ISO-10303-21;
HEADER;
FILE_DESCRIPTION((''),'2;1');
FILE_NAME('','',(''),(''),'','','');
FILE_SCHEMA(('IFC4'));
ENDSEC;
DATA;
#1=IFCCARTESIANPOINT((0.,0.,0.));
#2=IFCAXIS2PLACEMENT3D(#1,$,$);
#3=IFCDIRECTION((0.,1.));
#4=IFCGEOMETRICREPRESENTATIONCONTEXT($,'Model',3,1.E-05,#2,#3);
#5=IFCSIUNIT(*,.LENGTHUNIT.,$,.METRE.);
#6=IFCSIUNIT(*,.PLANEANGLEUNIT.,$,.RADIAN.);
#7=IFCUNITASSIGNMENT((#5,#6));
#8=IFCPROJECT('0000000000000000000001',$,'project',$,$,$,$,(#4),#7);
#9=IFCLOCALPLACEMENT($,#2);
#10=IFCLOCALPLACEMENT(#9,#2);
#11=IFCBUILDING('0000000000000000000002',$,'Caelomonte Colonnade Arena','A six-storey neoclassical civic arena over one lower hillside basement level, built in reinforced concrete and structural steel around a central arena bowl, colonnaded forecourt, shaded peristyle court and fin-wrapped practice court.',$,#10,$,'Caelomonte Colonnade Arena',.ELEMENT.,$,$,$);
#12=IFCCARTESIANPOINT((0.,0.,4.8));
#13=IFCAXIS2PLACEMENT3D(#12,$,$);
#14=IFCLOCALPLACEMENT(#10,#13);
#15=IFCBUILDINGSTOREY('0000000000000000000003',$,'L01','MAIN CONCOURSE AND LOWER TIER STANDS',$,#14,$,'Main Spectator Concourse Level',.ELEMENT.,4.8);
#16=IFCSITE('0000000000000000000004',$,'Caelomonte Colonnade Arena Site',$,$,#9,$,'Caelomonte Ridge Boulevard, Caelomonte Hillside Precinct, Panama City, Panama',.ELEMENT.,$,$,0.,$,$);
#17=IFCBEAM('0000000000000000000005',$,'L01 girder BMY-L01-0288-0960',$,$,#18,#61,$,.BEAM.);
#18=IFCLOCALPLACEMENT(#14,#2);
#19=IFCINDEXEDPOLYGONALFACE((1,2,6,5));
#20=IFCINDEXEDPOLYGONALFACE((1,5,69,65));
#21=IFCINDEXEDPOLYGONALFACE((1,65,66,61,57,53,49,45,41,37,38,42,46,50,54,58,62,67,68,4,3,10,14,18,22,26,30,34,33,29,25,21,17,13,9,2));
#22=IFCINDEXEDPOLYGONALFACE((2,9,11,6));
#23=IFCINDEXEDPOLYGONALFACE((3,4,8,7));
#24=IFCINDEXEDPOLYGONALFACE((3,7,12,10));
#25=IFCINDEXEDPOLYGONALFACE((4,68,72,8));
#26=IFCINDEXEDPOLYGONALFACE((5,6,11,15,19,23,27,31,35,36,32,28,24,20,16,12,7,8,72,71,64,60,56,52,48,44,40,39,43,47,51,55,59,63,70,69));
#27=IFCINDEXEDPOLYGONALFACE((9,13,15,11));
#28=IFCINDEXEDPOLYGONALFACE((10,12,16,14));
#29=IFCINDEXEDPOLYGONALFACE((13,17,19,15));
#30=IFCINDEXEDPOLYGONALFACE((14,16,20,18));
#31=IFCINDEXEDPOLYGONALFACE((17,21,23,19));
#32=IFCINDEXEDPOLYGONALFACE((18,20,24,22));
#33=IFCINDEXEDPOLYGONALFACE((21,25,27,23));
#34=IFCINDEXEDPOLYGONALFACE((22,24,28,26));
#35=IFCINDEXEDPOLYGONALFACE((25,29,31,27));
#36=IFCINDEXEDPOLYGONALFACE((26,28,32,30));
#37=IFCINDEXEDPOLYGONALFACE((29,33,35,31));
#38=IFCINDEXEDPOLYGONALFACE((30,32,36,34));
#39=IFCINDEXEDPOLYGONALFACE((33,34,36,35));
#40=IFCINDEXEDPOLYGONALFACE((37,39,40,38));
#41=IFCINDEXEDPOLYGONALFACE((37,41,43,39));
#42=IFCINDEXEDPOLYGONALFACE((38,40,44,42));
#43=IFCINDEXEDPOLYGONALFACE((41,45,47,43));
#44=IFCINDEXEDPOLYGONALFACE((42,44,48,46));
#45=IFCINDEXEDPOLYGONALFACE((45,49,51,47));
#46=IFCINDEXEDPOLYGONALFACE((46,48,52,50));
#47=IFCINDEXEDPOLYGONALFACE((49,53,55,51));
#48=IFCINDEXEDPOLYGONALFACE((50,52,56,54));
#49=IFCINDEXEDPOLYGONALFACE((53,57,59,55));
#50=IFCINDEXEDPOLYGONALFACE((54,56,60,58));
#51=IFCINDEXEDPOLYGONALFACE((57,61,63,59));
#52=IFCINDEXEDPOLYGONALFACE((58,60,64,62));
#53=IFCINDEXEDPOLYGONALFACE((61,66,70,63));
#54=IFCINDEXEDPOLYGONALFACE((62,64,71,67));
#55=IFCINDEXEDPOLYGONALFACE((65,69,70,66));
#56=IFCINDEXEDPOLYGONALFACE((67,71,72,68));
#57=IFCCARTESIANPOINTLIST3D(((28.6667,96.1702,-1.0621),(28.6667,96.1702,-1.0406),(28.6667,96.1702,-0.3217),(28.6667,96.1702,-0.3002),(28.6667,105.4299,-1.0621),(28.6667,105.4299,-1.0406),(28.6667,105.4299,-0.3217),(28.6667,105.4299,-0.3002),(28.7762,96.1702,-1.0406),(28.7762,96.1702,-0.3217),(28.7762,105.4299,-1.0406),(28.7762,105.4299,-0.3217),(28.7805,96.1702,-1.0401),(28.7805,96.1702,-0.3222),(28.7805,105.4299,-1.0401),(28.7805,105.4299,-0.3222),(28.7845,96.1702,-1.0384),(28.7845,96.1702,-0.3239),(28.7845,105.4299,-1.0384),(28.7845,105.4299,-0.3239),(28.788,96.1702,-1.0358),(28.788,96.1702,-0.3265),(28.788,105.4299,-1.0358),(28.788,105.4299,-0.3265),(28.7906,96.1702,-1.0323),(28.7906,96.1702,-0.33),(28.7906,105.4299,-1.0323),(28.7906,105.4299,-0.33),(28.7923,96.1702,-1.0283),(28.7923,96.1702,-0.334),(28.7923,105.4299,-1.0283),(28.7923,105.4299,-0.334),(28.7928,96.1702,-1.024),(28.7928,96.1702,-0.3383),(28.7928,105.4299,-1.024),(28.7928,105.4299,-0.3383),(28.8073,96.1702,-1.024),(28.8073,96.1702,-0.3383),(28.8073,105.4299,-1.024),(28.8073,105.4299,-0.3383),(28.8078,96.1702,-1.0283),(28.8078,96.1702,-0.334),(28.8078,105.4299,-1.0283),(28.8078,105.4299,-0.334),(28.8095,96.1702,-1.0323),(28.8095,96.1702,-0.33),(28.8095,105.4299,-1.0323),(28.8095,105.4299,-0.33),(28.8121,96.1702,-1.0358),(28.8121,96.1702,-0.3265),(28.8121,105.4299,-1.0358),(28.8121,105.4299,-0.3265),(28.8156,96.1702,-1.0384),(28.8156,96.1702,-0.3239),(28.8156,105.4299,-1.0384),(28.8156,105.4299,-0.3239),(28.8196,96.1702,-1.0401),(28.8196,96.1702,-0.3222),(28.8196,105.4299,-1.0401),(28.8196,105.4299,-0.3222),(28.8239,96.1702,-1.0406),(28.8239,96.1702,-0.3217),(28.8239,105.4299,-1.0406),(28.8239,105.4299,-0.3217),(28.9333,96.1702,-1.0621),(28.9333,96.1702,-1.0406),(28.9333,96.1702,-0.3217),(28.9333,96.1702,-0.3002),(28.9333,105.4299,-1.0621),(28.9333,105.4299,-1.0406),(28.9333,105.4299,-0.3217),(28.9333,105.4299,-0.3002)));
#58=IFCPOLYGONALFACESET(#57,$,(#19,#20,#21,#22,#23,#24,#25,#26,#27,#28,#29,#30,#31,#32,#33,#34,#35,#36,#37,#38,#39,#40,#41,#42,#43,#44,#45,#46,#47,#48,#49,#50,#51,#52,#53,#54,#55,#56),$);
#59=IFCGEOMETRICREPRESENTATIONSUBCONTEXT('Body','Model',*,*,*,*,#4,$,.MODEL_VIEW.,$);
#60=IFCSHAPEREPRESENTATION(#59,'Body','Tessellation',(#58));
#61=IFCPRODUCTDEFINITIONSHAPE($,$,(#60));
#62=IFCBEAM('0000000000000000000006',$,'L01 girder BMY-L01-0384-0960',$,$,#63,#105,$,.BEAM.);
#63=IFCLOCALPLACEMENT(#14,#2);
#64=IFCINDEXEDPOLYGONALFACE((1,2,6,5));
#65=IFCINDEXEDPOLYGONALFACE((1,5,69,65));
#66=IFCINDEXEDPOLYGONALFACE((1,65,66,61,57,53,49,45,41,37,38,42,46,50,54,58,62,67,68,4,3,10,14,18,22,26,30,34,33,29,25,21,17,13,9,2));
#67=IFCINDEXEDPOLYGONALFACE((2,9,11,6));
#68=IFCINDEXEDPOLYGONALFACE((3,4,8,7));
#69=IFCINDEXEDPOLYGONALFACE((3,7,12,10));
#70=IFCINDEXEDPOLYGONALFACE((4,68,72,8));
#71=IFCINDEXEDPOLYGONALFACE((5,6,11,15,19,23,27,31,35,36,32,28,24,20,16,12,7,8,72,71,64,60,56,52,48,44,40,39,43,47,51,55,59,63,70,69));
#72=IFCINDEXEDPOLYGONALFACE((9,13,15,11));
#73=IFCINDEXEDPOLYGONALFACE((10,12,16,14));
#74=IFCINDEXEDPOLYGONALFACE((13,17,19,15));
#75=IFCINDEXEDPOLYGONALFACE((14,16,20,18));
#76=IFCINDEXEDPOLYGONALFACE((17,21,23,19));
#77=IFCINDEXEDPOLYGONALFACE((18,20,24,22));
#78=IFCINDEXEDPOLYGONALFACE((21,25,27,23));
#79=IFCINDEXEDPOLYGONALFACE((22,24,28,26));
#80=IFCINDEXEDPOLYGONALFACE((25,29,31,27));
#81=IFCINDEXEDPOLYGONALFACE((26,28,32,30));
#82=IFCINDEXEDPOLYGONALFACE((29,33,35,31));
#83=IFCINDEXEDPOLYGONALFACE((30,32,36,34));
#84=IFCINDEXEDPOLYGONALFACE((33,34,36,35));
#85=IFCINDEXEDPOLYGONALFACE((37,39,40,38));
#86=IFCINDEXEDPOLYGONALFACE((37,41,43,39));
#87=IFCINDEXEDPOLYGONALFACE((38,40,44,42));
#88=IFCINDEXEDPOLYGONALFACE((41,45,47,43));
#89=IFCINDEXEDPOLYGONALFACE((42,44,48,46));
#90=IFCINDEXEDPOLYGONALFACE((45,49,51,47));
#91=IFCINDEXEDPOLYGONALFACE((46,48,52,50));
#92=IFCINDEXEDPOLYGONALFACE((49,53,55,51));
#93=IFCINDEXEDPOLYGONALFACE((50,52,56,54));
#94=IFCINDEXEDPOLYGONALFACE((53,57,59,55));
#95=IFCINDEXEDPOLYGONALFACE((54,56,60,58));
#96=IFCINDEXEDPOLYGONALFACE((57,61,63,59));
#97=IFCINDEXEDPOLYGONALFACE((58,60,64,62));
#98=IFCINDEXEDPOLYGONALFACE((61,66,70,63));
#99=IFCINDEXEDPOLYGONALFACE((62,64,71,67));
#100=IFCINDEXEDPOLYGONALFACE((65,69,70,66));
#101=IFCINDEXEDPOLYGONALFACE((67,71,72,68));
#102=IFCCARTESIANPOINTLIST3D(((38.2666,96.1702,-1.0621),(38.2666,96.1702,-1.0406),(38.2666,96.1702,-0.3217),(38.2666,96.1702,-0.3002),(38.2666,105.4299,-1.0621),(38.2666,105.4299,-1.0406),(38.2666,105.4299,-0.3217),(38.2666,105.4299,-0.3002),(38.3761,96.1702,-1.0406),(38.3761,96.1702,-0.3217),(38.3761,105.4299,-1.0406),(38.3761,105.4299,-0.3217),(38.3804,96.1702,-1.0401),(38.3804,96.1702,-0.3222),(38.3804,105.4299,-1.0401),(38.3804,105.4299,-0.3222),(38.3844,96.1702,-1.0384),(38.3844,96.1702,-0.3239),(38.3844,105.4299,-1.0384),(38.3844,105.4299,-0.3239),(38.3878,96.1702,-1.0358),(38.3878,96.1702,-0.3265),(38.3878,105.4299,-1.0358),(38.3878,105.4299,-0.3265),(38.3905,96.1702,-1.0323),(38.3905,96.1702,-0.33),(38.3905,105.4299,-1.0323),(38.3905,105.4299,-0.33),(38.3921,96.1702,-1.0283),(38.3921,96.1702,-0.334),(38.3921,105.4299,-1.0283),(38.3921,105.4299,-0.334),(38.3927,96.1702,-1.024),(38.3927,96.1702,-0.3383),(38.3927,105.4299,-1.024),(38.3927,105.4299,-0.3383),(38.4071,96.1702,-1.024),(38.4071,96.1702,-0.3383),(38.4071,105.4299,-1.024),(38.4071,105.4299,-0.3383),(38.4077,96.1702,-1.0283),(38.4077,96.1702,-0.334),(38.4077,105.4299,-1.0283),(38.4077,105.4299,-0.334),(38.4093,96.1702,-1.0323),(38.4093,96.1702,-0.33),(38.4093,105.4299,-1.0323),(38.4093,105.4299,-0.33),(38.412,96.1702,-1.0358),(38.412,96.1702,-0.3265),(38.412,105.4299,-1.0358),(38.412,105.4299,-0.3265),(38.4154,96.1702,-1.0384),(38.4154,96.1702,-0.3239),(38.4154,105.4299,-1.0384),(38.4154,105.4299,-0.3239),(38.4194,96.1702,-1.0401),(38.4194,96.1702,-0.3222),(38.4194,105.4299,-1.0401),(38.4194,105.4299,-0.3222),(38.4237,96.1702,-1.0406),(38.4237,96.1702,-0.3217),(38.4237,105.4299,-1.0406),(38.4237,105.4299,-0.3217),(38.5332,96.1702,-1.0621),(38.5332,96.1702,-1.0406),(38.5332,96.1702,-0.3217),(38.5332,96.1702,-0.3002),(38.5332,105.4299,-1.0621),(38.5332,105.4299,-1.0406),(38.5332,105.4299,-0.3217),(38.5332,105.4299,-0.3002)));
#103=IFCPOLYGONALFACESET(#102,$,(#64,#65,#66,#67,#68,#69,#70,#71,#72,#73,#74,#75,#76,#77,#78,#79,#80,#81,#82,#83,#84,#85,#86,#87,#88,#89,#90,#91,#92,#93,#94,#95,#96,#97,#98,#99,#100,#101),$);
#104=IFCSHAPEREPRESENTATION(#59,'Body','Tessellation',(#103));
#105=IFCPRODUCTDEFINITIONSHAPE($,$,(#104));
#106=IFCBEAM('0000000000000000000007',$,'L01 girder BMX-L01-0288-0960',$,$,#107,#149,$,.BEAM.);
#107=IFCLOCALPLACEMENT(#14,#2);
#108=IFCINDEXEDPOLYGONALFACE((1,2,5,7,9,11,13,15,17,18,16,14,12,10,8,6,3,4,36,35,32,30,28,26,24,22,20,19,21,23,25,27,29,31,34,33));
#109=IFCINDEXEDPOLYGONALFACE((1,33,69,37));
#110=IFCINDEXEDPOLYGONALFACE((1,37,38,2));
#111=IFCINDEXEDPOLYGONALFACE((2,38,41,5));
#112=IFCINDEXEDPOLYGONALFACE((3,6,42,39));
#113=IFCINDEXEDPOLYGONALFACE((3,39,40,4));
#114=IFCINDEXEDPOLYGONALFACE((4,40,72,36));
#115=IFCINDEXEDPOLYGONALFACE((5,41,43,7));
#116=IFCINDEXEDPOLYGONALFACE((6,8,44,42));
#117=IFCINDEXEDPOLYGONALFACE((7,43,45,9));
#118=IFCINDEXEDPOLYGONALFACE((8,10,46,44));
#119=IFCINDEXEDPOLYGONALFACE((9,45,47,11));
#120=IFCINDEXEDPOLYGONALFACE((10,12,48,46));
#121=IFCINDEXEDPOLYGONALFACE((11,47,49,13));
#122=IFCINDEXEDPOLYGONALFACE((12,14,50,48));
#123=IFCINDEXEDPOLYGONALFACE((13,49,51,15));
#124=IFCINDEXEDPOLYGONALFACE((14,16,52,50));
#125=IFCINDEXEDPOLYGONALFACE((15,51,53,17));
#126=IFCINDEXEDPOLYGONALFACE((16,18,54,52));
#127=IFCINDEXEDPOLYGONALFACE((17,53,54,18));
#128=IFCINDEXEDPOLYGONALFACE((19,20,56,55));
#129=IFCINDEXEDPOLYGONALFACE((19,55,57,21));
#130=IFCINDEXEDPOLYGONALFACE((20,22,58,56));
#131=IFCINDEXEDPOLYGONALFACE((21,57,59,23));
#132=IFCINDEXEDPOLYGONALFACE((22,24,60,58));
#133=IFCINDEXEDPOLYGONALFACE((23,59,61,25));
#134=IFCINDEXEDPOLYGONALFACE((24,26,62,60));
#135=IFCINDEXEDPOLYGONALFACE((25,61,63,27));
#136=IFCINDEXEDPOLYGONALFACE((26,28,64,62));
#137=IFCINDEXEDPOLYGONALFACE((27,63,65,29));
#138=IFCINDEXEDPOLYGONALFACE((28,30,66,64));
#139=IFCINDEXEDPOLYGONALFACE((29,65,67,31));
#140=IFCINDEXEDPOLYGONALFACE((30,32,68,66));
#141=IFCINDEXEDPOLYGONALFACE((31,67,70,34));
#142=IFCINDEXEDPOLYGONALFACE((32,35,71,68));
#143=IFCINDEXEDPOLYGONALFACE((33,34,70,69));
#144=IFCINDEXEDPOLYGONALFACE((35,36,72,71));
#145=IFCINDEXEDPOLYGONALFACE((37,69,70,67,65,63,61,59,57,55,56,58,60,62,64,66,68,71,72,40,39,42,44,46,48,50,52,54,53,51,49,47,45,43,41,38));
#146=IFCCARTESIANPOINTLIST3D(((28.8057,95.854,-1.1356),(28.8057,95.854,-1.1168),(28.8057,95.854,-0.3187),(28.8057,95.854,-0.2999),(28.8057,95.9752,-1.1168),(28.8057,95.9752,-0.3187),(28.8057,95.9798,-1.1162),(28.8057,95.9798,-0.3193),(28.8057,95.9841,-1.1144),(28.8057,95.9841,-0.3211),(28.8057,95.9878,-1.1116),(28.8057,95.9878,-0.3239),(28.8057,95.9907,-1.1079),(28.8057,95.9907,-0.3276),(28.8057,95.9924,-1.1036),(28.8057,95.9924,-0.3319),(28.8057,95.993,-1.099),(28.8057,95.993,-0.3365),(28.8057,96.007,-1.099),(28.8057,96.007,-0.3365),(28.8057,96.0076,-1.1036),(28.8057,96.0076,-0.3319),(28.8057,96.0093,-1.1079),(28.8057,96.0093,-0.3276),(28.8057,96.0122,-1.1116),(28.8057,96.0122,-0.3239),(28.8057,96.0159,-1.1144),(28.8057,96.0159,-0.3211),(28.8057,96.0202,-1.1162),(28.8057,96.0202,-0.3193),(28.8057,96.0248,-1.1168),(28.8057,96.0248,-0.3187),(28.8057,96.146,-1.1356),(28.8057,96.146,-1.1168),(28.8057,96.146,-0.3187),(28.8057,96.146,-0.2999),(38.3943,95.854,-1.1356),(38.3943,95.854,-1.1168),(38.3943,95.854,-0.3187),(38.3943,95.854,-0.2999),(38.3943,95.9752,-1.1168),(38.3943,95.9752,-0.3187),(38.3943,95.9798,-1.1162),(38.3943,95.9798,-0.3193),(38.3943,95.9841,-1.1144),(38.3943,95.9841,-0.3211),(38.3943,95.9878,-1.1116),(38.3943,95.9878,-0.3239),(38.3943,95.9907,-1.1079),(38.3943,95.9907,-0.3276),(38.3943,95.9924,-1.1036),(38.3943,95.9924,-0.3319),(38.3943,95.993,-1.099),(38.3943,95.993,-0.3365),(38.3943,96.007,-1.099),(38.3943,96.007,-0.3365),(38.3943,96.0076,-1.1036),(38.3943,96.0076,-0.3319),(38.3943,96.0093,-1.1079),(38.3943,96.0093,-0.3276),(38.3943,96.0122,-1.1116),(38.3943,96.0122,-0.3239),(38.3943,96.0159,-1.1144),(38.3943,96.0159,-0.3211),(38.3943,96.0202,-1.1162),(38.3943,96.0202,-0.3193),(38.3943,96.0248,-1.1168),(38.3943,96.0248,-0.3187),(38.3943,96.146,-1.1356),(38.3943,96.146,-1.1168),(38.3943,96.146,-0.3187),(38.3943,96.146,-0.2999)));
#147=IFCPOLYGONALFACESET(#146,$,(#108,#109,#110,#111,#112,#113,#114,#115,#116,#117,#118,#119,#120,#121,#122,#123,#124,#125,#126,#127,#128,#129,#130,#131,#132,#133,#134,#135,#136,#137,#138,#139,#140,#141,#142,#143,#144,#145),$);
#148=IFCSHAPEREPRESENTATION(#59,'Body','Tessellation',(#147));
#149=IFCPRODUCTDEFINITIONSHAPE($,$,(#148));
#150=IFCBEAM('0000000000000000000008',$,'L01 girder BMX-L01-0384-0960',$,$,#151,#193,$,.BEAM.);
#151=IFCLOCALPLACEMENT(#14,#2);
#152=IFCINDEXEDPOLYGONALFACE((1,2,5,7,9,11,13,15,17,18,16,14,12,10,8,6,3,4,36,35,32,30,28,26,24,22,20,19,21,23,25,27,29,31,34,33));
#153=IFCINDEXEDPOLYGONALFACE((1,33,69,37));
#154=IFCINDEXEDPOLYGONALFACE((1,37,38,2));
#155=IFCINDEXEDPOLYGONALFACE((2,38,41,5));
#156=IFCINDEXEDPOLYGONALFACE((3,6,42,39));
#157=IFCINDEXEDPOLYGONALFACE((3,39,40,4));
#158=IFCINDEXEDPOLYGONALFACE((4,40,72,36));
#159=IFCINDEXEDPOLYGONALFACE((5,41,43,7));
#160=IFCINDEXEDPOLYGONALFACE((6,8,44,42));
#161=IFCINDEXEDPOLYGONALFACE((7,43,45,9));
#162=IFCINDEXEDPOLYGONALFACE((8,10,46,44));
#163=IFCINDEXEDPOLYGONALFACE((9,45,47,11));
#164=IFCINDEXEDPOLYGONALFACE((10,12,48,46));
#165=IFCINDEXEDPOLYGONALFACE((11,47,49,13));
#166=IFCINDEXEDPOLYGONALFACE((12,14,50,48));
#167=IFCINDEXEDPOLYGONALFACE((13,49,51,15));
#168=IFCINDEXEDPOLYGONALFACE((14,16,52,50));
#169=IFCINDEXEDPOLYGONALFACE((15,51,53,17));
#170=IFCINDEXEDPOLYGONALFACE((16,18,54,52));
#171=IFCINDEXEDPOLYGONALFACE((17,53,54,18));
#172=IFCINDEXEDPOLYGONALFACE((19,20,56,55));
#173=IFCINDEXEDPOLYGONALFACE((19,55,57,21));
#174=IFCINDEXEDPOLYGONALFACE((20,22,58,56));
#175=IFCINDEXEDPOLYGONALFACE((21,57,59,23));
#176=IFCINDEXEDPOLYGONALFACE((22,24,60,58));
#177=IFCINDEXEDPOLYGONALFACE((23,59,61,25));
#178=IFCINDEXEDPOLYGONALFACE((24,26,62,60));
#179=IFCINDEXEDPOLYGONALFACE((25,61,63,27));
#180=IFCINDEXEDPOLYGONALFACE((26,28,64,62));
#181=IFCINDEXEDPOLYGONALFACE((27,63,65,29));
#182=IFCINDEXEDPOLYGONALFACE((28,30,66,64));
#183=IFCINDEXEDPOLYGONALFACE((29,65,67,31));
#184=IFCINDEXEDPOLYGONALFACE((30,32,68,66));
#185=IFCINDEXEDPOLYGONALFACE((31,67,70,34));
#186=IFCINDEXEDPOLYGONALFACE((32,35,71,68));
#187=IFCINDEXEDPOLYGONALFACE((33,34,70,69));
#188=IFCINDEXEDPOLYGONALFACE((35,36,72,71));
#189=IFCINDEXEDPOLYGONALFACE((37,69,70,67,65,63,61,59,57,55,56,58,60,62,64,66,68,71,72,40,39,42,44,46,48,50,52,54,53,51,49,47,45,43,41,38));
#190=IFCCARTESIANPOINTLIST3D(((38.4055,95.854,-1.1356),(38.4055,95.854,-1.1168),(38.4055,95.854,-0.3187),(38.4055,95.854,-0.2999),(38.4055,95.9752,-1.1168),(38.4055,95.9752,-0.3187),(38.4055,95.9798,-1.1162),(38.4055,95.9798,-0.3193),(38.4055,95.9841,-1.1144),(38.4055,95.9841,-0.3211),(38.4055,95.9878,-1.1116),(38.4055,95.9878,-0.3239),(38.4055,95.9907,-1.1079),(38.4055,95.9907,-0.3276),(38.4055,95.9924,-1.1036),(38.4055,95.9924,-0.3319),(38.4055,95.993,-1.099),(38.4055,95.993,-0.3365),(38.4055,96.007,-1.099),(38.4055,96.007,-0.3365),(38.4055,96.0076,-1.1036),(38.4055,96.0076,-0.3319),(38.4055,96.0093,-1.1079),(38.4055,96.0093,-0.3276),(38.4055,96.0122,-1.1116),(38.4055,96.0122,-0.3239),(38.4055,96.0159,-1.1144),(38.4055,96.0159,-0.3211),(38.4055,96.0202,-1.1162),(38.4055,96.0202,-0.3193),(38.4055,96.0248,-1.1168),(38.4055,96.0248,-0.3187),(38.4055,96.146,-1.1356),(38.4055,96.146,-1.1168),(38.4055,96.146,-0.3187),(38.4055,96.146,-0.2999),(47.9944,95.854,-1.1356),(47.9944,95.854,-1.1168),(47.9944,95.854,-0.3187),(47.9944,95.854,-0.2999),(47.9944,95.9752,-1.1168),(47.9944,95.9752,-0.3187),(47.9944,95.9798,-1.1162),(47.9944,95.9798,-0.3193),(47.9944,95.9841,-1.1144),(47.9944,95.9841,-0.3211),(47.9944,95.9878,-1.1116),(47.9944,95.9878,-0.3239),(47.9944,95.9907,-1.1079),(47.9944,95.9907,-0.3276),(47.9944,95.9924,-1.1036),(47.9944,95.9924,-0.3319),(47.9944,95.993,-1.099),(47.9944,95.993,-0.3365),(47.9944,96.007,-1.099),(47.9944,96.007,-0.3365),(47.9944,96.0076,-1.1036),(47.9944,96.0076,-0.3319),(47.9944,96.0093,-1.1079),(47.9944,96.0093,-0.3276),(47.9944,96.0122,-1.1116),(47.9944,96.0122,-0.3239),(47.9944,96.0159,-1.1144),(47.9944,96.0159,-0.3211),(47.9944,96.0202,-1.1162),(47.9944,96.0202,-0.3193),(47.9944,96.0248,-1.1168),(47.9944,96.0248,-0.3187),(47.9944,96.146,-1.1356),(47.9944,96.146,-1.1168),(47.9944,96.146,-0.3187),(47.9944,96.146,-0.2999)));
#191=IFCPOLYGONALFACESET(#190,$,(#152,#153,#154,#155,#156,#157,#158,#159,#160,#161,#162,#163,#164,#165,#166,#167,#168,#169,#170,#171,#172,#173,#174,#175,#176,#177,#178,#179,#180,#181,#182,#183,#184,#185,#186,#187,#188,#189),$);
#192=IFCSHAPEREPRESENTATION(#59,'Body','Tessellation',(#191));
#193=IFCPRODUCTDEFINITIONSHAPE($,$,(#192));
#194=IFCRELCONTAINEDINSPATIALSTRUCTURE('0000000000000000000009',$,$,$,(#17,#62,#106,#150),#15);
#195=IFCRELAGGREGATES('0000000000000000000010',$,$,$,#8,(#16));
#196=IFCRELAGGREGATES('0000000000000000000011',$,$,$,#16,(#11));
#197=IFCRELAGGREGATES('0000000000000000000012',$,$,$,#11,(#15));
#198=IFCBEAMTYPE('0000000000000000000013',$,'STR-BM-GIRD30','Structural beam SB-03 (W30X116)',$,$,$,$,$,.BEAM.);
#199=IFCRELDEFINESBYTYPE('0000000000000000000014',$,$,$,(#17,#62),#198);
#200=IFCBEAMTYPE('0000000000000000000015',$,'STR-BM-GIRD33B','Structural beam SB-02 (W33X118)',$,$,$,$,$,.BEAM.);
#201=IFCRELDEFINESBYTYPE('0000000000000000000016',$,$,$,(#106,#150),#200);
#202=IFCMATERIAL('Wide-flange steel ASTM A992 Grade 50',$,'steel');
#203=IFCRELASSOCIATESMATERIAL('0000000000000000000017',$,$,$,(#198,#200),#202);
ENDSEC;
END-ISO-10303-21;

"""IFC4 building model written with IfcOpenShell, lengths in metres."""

from ifc_helpers import new_model, si_unit, direction, frame, origin, origin_2d, place, context, subcontext, project, spatial, i_section, extrude, material, material_profile, profile_set, type_object, element, save


model = new_model("IFC4")

# Units and contexts
model_context = context("Model", 3, precision=1e-05, world=origin(), true_north=direction((0.0, 1.0)))
body_context = subcontext(model_context, "Body", "Model", "MODEL_VIEW")
ifc_project = project(units=[si_unit("LENGTHUNIT", "METRE"), si_unit("PLANEANGLEUNIT", "RADIAN")], contexts=[model_context])

# Site, building, storey
site_placement = place(None, origin())
site = spatial("IfcSite", under=ifc_project, at=site_placement, Name="Caelomonte Colonnade Arena Site", LongName="Caelomonte Ridge Boulevard, Caelomonte Hillside Precinct, Panama City, Panama", CompositionType="ELEMENT", RefElevation=0.0)
building_placement = place(site_placement, origin())
building = spatial("IfcBuilding", under=site, at=building_placement, Name="Caelomonte Colonnade Arena", Description="A six-storey neoclassical civic arena over one lower hillside basement level, built in reinforced concrete and structural steel around a central arena bowl, colonnaded forecourt, shaded peristyle court and fin-wrapped practice court.", LongName="Caelomonte Colonnade Arena", CompositionType="ELEMENT")
storey_placement = place(building_placement, frame((0.0, 0.0, 4.8)))
storey = spatial("IfcBuildingStorey", under=building, at=storey_placement, Name="L01", Description="MAIN CONCOURSE AND LOWER TIER STANDS", LongName="Main Spectator Concourse Level", CompositionType="ELEMENT", Elevation=4.8)

# Beams
ifc_material_1 = material(Name="Wide-flange steel ASTM A992 Grade 50", Category="steel")
ifc_material_profile_1 = material_profile(ifc_material_1, i_section(OverallWidth=0.2666, OverallDepth=0.762, WebThickness=0.0144, FlangeThickness=0.0215, FilletRadius=0.0166, at=origin_2d()), Name="W30X116")
ifc_profile_set_1 = profile_set([ifc_material_profile_1], Name="Wide-flange steel ASTM A992 Grade 50")
beam_type_1 = type_object("IfcBeamType", Name="STR-BM-GIRD30", Description="Structural beam SB-03 (W30X116)", PredefinedType="BEAM", material=ifc_profile_set_1)
for number, where, z_axis, x_axis, name in (
    (1, (28.8, 96.1702, -0.6812), (0.0, 1.0, 0.0), (-1.0, 0.0, 0.0), "L01 girder BMY-L01-0288-0960"),
    (2, (38.3999, 96.1702, -0.6812), (0.0, 1.0, 0.0), (-1.0, 0.0, 0.0), "L01 girder BMY-L01-0384-0960"),
):
    element("IfcBeam", number, at=place(storey_placement, frame(where, z_axis=z_axis, x_axis=x_axis)), inside=storey, type_object=beam_type_1, Name=name, PredefinedType="BEAM", context=body_context, shape_type="SweptSolid", body=[
        extrude(i_section(OverallWidth=0.2666, OverallDepth=0.762, WebThickness=0.0144, FlangeThickness=0.0215, FilletRadius=0.0166, at=origin_2d()), origin(), (0.0, 0.0, 1.0), 9.2598),
    ])
ifc_material_profile_2 = material_profile(ifc_material_1, i_section(OverallWidth=0.292, OverallDepth=0.8357, WebThickness=0.0139, FlangeThickness=0.0188, FilletRadius=0.0178, at=origin_2d()), Name="W33X118")
ifc_profile_set_2 = profile_set([ifc_material_profile_2], Name="Wide-flange steel ASTM A992 Grade 50")
beam_type_2 = type_object("IfcBeamType", Name="STR-BM-GIRD33B", Description="Structural beam SB-02 (W33X118)", PredefinedType="BEAM", material=ifc_profile_set_2)
beam_1_placement = place(storey_placement, frame((28.8057, 96.0, -0.7178), z_axis=(1.0, 0.0, 0.0), x_axis=(0.0, 1.0, 0.0)))
element("IfcBeam", 3, at=beam_1_placement, inside=storey, type_object=beam_type_2, Name="L01 girder BMX-L01-0288-0960", PredefinedType="BEAM", context=body_context, shape_type="SweptSolid", body=[
    extrude(i_section(OverallWidth=0.292, OverallDepth=0.8357, WebThickness=0.0139, FlangeThickness=0.0188, FilletRadius=0.0178, at=origin_2d()), origin(), (0.0, 0.0, 1.0), 9.5886),
])
beam_2_placement = place(storey_placement, frame((38.4055, 96.0, -0.7178), z_axis=(1.0, 0.0, 0.0), x_axis=(0.0, 1.0, 0.0)))
element("IfcBeam", 4, at=beam_2_placement, inside=storey, type_object=beam_type_2, Name="L01 girder BMX-L01-0384-0960", PredefinedType="BEAM", context=body_context, shape_type="SweptSolid", body=[
    extrude(i_section(OverallWidth=0.292, OverallDepth=0.8357, WebThickness=0.0139, FlangeThickness=0.0188, FilletRadius=0.0178, at=origin_2d()), origin(), (0.0, 0.0, 1.0), 9.5889),
])

save(model, "model.ifc")
